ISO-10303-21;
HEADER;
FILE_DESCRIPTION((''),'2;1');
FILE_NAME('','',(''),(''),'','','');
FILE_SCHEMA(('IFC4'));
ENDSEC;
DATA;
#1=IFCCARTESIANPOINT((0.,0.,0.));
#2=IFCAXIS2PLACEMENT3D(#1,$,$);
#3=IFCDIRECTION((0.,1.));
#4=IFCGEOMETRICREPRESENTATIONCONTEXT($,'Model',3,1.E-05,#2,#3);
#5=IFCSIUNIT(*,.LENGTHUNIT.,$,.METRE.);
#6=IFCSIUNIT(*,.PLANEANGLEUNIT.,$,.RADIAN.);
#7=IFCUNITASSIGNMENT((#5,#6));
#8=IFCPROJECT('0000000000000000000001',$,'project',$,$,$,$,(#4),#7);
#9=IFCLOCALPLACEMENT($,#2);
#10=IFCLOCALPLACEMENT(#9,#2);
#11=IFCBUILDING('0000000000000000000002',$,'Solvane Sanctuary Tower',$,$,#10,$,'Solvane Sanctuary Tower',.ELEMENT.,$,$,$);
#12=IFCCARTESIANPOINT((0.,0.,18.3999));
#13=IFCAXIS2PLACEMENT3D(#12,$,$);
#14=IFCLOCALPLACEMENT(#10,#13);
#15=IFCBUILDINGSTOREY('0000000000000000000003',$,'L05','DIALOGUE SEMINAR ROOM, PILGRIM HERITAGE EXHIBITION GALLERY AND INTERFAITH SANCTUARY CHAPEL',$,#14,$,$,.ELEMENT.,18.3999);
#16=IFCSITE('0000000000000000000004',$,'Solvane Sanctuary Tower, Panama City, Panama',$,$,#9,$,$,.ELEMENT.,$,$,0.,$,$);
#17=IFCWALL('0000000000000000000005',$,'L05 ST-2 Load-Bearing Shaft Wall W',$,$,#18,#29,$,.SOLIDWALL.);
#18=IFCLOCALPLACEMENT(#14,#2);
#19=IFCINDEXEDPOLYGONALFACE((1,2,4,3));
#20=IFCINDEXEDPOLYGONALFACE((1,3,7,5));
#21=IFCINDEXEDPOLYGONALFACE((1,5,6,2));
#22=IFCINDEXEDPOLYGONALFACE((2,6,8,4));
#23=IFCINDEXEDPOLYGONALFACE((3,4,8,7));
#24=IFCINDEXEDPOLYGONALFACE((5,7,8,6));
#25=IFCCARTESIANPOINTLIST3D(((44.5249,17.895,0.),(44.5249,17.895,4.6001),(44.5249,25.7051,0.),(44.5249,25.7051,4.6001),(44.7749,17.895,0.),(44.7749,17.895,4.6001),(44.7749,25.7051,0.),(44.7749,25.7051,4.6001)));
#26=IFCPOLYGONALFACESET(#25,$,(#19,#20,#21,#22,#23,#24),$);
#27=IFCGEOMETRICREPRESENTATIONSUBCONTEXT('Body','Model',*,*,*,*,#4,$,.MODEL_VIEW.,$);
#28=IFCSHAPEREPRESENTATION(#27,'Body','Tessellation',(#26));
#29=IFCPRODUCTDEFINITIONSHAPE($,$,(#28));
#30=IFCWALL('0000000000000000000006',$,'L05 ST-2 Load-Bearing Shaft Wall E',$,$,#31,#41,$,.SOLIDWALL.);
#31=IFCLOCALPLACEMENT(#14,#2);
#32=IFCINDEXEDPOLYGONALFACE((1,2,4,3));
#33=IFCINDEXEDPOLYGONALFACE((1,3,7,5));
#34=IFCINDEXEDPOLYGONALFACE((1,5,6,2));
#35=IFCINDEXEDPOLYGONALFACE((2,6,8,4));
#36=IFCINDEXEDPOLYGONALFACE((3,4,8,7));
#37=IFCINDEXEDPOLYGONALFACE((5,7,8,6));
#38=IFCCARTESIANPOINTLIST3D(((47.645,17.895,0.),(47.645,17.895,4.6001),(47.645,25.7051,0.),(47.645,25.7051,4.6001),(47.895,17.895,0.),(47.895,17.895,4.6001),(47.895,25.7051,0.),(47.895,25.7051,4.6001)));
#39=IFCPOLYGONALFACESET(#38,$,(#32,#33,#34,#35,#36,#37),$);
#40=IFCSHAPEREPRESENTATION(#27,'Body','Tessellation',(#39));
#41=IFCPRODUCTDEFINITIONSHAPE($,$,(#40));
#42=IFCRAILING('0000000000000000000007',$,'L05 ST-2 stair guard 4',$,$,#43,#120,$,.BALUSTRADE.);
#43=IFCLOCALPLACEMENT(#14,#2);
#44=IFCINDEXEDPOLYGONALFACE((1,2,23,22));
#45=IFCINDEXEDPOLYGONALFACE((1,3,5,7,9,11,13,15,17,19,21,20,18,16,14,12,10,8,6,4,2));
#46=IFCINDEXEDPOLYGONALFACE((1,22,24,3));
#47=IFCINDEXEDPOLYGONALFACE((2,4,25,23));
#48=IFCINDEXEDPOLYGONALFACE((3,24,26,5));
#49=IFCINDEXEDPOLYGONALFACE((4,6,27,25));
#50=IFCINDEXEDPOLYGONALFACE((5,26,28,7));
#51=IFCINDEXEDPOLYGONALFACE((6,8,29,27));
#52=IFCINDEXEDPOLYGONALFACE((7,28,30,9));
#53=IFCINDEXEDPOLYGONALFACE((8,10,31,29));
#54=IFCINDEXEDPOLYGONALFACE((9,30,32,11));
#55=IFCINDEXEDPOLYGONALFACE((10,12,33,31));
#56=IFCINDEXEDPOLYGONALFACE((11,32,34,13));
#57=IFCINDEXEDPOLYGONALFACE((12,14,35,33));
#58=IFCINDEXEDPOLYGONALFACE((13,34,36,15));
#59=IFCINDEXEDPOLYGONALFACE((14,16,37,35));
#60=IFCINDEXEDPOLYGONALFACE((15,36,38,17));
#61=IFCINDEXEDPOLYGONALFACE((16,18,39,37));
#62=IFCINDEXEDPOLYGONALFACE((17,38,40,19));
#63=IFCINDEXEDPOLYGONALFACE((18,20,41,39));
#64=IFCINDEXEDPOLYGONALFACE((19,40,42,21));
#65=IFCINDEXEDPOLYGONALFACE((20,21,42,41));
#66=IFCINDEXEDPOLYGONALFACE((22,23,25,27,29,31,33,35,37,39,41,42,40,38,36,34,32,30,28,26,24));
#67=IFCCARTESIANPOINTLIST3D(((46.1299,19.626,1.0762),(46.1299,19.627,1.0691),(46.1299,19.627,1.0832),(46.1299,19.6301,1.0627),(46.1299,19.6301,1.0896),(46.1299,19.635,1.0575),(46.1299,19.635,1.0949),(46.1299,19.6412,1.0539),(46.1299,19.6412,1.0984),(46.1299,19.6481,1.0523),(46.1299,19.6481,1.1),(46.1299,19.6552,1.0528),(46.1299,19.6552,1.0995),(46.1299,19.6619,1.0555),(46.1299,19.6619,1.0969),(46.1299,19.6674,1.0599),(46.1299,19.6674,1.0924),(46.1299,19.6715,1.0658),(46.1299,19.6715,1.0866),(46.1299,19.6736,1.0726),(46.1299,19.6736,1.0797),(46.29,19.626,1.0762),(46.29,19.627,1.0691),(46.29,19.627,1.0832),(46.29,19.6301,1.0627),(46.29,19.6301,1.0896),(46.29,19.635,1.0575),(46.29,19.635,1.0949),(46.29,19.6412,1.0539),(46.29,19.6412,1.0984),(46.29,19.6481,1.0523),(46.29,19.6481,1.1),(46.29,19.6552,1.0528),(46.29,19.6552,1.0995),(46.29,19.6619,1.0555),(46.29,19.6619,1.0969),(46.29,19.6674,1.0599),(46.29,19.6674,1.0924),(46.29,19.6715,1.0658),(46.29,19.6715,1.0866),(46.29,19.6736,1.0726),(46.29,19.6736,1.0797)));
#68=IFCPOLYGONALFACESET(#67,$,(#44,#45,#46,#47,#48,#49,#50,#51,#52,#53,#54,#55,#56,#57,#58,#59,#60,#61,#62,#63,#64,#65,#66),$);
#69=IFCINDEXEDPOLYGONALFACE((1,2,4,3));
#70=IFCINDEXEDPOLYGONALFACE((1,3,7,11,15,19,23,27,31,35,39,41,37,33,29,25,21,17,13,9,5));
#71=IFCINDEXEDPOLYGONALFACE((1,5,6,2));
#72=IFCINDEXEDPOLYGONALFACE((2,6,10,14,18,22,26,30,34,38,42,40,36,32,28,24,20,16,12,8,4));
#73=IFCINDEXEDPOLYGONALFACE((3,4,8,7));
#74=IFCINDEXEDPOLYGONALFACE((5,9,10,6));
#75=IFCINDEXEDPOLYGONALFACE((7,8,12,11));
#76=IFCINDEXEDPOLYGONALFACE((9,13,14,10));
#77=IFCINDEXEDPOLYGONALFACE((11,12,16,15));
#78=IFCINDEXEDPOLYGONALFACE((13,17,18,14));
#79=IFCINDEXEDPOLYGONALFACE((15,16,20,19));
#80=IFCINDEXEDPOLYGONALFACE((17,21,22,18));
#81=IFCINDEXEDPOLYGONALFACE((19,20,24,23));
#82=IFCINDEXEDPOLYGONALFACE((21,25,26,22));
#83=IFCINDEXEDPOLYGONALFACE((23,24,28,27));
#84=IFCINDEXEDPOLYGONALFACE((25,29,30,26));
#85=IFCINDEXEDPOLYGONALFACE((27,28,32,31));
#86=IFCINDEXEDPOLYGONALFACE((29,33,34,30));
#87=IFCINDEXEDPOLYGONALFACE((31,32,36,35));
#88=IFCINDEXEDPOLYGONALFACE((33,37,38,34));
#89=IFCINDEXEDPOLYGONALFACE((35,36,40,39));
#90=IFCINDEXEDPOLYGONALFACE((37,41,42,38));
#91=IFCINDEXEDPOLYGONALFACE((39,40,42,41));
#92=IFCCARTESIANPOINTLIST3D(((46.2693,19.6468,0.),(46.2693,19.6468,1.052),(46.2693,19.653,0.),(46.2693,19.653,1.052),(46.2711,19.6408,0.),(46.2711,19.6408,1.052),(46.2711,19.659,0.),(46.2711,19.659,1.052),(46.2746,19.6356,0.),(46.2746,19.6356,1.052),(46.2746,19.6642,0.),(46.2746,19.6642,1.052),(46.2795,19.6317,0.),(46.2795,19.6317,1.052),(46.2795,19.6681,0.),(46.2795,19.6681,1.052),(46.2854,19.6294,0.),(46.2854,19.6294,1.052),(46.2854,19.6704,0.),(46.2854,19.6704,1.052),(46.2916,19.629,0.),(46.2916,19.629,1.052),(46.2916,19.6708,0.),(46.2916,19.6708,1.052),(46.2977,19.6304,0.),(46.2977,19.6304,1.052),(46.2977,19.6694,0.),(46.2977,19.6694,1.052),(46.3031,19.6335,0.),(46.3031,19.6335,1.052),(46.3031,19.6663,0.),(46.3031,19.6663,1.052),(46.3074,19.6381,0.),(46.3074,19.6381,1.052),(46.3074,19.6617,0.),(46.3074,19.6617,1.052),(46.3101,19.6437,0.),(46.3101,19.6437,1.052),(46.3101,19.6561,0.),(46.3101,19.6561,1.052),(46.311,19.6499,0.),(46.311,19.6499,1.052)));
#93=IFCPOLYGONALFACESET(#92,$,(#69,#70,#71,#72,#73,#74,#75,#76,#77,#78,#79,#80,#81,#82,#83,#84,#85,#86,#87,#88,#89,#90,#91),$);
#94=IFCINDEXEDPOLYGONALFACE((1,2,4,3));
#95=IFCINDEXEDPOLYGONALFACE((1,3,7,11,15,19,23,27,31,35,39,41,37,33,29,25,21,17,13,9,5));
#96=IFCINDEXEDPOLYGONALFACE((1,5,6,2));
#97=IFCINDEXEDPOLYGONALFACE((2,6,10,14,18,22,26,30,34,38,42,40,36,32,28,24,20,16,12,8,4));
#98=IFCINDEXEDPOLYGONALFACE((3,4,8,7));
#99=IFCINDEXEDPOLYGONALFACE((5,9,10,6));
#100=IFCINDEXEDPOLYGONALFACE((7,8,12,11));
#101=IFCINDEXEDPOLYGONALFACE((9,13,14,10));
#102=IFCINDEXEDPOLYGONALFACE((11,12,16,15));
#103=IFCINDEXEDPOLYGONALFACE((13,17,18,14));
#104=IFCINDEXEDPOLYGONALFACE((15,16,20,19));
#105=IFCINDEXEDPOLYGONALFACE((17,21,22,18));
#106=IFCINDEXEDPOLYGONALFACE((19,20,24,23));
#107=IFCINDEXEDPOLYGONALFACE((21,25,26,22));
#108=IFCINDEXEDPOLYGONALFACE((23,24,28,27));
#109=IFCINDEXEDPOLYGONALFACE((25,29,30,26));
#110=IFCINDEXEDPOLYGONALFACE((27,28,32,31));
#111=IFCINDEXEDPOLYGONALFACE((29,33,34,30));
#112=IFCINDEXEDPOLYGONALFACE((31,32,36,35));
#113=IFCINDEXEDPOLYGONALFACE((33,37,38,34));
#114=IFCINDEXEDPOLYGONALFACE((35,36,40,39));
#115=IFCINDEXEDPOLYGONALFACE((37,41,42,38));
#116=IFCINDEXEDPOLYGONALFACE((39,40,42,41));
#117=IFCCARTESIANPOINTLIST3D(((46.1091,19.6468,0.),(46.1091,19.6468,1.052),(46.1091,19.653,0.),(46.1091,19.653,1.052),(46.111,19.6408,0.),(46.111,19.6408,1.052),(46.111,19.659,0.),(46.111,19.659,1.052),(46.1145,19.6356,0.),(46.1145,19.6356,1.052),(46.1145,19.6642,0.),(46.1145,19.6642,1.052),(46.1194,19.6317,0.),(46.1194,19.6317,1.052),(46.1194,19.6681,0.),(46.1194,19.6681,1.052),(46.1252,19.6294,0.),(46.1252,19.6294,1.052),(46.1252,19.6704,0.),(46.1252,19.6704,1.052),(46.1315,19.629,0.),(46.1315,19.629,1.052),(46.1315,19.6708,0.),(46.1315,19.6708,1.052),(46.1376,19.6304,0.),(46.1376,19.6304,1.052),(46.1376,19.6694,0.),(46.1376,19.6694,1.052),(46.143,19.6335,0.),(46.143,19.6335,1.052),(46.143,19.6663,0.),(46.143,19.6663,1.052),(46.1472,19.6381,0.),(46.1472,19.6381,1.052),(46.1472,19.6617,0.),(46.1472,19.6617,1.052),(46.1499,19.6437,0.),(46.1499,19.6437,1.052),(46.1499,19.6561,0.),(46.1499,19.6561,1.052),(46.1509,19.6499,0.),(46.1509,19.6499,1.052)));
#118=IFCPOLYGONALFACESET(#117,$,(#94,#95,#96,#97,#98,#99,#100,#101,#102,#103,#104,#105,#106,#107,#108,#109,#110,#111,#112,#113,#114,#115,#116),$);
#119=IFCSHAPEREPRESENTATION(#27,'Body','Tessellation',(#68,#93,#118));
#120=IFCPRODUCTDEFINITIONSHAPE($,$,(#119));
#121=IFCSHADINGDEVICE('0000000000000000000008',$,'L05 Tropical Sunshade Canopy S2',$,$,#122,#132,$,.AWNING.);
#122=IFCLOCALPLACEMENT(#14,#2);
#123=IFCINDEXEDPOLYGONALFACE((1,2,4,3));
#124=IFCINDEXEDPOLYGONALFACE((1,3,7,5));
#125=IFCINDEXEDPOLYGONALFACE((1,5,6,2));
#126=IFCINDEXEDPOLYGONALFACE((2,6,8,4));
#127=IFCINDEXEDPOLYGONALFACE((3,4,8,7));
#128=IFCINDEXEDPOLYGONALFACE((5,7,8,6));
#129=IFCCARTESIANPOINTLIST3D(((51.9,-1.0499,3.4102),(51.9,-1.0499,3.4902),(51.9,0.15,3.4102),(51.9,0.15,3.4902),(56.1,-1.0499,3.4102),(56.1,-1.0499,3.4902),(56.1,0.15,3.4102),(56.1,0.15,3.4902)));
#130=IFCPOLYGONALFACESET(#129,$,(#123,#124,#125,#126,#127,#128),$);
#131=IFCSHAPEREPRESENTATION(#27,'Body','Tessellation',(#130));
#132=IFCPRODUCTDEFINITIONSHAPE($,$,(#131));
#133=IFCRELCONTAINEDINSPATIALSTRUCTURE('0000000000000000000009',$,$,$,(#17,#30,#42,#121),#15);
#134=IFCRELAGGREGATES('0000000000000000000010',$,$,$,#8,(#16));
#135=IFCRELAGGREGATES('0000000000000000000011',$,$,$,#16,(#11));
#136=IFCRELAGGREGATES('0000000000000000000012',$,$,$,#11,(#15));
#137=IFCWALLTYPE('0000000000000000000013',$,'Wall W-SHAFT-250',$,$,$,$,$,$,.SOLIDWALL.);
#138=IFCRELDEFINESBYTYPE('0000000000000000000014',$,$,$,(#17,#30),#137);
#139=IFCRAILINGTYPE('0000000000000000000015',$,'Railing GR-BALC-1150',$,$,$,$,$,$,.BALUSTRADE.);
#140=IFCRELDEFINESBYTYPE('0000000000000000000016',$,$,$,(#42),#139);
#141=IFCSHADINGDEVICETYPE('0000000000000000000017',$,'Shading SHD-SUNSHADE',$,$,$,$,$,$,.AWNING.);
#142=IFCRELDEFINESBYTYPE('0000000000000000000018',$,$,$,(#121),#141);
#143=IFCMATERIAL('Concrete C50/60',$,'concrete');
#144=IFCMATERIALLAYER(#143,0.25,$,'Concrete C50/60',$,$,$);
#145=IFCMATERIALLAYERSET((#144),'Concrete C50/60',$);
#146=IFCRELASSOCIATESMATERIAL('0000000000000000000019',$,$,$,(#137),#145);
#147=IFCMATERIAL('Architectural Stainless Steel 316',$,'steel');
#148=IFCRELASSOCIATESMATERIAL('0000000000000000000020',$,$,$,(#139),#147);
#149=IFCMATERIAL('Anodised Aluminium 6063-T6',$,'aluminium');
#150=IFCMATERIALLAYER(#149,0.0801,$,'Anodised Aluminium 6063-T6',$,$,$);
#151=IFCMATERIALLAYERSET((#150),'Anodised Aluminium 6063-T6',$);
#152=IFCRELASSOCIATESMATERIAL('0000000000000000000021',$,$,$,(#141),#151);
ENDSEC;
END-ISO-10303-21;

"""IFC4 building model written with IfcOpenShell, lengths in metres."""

from ifc_helpers import new_model, si_unit, direction, frame, frame_2d, origin, origin_2d, place, context, subcontext, project, spatial, rectangle, circle, extrude, material, layer, layer_set, type_object, element, save


model = new_model("IFC4")

# Units and contexts
model_context = context("Model", 3, precision=1e-05, world=origin(), true_north=direction((0.0, 1.0)))
body_context = subcontext(model_context, "Body", "Model", "MODEL_VIEW")
ifc_project = project(units=[si_unit("LENGTHUNIT", "METRE"), si_unit("PLANEANGLEUNIT", "RADIAN")], contexts=[model_context])

# Site, building, storey
site_placement = place(None, origin())
site = spatial("IfcSite", under=ifc_project, at=site_placement, Name="Solvane Sanctuary Tower, Panama City, Panama", CompositionType="ELEMENT", RefElevation=0.0)
building_placement = place(site_placement, origin())
building = spatial("IfcBuilding", under=site, at=building_placement, Name="Solvane Sanctuary Tower", LongName="Solvane Sanctuary Tower", CompositionType="ELEMENT")
storey_placement = place(building_placement, frame((0.0, 0.0, 18.3999)))
storey = spatial("IfcBuildingStorey", under=building, at=storey_placement, Name="L05", Description="DIALOGUE SEMINAR ROOM, PILGRIM HERITAGE EXHIBITION GALLERY AND INTERFAITH SANCTUARY CHAPEL", CompositionType="ELEMENT", Elevation=18.3999)

# Shared definitions
ifc_material_1 = material(Name="Anodised Aluminium 6063-T6", Category="aluminium")

# Shared definitions
ifc_material_2 = material(Name="Architectural Stainless Steel 316", Category="steel")

# Shared definitions
ifc_material_3 = material(Name="Concrete C50/60", Category="concrete")

# Shared definitions
ifc_layer_1 = layer(ifc_material_3, 0.25, Name="Concrete C50/60")
ifc_layer_set_1 = layer_set([ifc_layer_1], Name="Concrete C50/60")
wall_type_1 = type_object("IfcWallType", Name="Wall W-SHAFT-250", PredefinedType="SOLIDWALL", material=ifc_layer_set_1)

# Walls
for number, where, z_axis, x_axis, name in (
    (1, (44.6499, 17.895, 0.0), (0.0, 0.0, 1.0), (0.0, 1.0, 0.0), "L05 ST-2 Load-Bearing Shaft Wall W"),
    (2, (47.77, 17.895, 0.0), (0.0, 0.0, 1.0), (0.0, 1.0, 0.0), "L05 ST-2 Load-Bearing Shaft Wall E"),
):
    element("IfcWall", number, at=place(storey_placement, frame(where, z_axis=z_axis, x_axis=x_axis)), inside=storey, type_object=wall_type_1, Name=name, PredefinedType="SOLIDWALL", context=body_context, shape_type="SweptSolid", body=[
        extrude(rectangle(XDim=7.8101, YDim=0.25, at=frame_2d((3.905, 0.0))), origin(), (0.0, 0.0, 1.0), 4.6001),
    ])

# Railing
railing_type = type_object("IfcRailingType", Name="Railing GR-BALC-1150", PredefinedType="BALUSTRADE", material=ifc_material_2)
railing_placement = place(storey_placement, frame((46.29, 19.6499, 0.0)))
element("IfcRailing", 3, at=railing_placement, inside=storey, type_object=railing_type, Name="L05 ST-2 stair guard 4", PredefinedType="BALUSTRADE", context=body_context, shape_type="SweptSolid", body=[
    extrude(circle(Radius=0.0239, at=origin_2d()), frame((0.0, 0.0, 1.0762), z_axis=(-1.0, 0.0, 0.0), x_axis=(0.0, -1.0, 0.0)), (0.0, 0.0, 1.0), 0.1602),
    extrude(circle(Radius=0.021, at=origin_2d()), origin(), (0.0, 0.0, 1.0), 1.052),
    extrude(circle(Radius=0.021, at=origin_2d()), frame((-0.1602, 0.0, 0.0)), (0.0, 0.0, 1.0), 1.052),
])

# Shading device
ifc_layer_2 = layer(ifc_material_1, 0.0801, Name="Anodised Aluminium 6063-T6")
ifc_layer_set_2 = layer_set([ifc_layer_2], Name="Anodised Aluminium 6063-T6")
shading_device_type = type_object("IfcShadingDeviceType", Name="Shading SHD-SUNSHADE", PredefinedType="AWNING", material=ifc_layer_set_2)
shading_device_placement = place(storey_placement, frame((54.0, -0.45, 3.4102), z_axis=(0.0, 0.0, 1.0), x_axis=(1.0, 0.0, 0.0)))
element("IfcShadingDevice", 4, at=shading_device_placement, inside=storey, type_object=shading_device_type, Name="L05 Tropical Sunshade Canopy S2", PredefinedType="AWNING", context=body_context, shape_type="SweptSolid", body=[
    extrude(rectangle(XDim=4.2, YDim=1.2, at=origin_2d()), origin(), (0.0, 0.0, 1.0), 0.0801),
])

save(model, "model.ifc")
